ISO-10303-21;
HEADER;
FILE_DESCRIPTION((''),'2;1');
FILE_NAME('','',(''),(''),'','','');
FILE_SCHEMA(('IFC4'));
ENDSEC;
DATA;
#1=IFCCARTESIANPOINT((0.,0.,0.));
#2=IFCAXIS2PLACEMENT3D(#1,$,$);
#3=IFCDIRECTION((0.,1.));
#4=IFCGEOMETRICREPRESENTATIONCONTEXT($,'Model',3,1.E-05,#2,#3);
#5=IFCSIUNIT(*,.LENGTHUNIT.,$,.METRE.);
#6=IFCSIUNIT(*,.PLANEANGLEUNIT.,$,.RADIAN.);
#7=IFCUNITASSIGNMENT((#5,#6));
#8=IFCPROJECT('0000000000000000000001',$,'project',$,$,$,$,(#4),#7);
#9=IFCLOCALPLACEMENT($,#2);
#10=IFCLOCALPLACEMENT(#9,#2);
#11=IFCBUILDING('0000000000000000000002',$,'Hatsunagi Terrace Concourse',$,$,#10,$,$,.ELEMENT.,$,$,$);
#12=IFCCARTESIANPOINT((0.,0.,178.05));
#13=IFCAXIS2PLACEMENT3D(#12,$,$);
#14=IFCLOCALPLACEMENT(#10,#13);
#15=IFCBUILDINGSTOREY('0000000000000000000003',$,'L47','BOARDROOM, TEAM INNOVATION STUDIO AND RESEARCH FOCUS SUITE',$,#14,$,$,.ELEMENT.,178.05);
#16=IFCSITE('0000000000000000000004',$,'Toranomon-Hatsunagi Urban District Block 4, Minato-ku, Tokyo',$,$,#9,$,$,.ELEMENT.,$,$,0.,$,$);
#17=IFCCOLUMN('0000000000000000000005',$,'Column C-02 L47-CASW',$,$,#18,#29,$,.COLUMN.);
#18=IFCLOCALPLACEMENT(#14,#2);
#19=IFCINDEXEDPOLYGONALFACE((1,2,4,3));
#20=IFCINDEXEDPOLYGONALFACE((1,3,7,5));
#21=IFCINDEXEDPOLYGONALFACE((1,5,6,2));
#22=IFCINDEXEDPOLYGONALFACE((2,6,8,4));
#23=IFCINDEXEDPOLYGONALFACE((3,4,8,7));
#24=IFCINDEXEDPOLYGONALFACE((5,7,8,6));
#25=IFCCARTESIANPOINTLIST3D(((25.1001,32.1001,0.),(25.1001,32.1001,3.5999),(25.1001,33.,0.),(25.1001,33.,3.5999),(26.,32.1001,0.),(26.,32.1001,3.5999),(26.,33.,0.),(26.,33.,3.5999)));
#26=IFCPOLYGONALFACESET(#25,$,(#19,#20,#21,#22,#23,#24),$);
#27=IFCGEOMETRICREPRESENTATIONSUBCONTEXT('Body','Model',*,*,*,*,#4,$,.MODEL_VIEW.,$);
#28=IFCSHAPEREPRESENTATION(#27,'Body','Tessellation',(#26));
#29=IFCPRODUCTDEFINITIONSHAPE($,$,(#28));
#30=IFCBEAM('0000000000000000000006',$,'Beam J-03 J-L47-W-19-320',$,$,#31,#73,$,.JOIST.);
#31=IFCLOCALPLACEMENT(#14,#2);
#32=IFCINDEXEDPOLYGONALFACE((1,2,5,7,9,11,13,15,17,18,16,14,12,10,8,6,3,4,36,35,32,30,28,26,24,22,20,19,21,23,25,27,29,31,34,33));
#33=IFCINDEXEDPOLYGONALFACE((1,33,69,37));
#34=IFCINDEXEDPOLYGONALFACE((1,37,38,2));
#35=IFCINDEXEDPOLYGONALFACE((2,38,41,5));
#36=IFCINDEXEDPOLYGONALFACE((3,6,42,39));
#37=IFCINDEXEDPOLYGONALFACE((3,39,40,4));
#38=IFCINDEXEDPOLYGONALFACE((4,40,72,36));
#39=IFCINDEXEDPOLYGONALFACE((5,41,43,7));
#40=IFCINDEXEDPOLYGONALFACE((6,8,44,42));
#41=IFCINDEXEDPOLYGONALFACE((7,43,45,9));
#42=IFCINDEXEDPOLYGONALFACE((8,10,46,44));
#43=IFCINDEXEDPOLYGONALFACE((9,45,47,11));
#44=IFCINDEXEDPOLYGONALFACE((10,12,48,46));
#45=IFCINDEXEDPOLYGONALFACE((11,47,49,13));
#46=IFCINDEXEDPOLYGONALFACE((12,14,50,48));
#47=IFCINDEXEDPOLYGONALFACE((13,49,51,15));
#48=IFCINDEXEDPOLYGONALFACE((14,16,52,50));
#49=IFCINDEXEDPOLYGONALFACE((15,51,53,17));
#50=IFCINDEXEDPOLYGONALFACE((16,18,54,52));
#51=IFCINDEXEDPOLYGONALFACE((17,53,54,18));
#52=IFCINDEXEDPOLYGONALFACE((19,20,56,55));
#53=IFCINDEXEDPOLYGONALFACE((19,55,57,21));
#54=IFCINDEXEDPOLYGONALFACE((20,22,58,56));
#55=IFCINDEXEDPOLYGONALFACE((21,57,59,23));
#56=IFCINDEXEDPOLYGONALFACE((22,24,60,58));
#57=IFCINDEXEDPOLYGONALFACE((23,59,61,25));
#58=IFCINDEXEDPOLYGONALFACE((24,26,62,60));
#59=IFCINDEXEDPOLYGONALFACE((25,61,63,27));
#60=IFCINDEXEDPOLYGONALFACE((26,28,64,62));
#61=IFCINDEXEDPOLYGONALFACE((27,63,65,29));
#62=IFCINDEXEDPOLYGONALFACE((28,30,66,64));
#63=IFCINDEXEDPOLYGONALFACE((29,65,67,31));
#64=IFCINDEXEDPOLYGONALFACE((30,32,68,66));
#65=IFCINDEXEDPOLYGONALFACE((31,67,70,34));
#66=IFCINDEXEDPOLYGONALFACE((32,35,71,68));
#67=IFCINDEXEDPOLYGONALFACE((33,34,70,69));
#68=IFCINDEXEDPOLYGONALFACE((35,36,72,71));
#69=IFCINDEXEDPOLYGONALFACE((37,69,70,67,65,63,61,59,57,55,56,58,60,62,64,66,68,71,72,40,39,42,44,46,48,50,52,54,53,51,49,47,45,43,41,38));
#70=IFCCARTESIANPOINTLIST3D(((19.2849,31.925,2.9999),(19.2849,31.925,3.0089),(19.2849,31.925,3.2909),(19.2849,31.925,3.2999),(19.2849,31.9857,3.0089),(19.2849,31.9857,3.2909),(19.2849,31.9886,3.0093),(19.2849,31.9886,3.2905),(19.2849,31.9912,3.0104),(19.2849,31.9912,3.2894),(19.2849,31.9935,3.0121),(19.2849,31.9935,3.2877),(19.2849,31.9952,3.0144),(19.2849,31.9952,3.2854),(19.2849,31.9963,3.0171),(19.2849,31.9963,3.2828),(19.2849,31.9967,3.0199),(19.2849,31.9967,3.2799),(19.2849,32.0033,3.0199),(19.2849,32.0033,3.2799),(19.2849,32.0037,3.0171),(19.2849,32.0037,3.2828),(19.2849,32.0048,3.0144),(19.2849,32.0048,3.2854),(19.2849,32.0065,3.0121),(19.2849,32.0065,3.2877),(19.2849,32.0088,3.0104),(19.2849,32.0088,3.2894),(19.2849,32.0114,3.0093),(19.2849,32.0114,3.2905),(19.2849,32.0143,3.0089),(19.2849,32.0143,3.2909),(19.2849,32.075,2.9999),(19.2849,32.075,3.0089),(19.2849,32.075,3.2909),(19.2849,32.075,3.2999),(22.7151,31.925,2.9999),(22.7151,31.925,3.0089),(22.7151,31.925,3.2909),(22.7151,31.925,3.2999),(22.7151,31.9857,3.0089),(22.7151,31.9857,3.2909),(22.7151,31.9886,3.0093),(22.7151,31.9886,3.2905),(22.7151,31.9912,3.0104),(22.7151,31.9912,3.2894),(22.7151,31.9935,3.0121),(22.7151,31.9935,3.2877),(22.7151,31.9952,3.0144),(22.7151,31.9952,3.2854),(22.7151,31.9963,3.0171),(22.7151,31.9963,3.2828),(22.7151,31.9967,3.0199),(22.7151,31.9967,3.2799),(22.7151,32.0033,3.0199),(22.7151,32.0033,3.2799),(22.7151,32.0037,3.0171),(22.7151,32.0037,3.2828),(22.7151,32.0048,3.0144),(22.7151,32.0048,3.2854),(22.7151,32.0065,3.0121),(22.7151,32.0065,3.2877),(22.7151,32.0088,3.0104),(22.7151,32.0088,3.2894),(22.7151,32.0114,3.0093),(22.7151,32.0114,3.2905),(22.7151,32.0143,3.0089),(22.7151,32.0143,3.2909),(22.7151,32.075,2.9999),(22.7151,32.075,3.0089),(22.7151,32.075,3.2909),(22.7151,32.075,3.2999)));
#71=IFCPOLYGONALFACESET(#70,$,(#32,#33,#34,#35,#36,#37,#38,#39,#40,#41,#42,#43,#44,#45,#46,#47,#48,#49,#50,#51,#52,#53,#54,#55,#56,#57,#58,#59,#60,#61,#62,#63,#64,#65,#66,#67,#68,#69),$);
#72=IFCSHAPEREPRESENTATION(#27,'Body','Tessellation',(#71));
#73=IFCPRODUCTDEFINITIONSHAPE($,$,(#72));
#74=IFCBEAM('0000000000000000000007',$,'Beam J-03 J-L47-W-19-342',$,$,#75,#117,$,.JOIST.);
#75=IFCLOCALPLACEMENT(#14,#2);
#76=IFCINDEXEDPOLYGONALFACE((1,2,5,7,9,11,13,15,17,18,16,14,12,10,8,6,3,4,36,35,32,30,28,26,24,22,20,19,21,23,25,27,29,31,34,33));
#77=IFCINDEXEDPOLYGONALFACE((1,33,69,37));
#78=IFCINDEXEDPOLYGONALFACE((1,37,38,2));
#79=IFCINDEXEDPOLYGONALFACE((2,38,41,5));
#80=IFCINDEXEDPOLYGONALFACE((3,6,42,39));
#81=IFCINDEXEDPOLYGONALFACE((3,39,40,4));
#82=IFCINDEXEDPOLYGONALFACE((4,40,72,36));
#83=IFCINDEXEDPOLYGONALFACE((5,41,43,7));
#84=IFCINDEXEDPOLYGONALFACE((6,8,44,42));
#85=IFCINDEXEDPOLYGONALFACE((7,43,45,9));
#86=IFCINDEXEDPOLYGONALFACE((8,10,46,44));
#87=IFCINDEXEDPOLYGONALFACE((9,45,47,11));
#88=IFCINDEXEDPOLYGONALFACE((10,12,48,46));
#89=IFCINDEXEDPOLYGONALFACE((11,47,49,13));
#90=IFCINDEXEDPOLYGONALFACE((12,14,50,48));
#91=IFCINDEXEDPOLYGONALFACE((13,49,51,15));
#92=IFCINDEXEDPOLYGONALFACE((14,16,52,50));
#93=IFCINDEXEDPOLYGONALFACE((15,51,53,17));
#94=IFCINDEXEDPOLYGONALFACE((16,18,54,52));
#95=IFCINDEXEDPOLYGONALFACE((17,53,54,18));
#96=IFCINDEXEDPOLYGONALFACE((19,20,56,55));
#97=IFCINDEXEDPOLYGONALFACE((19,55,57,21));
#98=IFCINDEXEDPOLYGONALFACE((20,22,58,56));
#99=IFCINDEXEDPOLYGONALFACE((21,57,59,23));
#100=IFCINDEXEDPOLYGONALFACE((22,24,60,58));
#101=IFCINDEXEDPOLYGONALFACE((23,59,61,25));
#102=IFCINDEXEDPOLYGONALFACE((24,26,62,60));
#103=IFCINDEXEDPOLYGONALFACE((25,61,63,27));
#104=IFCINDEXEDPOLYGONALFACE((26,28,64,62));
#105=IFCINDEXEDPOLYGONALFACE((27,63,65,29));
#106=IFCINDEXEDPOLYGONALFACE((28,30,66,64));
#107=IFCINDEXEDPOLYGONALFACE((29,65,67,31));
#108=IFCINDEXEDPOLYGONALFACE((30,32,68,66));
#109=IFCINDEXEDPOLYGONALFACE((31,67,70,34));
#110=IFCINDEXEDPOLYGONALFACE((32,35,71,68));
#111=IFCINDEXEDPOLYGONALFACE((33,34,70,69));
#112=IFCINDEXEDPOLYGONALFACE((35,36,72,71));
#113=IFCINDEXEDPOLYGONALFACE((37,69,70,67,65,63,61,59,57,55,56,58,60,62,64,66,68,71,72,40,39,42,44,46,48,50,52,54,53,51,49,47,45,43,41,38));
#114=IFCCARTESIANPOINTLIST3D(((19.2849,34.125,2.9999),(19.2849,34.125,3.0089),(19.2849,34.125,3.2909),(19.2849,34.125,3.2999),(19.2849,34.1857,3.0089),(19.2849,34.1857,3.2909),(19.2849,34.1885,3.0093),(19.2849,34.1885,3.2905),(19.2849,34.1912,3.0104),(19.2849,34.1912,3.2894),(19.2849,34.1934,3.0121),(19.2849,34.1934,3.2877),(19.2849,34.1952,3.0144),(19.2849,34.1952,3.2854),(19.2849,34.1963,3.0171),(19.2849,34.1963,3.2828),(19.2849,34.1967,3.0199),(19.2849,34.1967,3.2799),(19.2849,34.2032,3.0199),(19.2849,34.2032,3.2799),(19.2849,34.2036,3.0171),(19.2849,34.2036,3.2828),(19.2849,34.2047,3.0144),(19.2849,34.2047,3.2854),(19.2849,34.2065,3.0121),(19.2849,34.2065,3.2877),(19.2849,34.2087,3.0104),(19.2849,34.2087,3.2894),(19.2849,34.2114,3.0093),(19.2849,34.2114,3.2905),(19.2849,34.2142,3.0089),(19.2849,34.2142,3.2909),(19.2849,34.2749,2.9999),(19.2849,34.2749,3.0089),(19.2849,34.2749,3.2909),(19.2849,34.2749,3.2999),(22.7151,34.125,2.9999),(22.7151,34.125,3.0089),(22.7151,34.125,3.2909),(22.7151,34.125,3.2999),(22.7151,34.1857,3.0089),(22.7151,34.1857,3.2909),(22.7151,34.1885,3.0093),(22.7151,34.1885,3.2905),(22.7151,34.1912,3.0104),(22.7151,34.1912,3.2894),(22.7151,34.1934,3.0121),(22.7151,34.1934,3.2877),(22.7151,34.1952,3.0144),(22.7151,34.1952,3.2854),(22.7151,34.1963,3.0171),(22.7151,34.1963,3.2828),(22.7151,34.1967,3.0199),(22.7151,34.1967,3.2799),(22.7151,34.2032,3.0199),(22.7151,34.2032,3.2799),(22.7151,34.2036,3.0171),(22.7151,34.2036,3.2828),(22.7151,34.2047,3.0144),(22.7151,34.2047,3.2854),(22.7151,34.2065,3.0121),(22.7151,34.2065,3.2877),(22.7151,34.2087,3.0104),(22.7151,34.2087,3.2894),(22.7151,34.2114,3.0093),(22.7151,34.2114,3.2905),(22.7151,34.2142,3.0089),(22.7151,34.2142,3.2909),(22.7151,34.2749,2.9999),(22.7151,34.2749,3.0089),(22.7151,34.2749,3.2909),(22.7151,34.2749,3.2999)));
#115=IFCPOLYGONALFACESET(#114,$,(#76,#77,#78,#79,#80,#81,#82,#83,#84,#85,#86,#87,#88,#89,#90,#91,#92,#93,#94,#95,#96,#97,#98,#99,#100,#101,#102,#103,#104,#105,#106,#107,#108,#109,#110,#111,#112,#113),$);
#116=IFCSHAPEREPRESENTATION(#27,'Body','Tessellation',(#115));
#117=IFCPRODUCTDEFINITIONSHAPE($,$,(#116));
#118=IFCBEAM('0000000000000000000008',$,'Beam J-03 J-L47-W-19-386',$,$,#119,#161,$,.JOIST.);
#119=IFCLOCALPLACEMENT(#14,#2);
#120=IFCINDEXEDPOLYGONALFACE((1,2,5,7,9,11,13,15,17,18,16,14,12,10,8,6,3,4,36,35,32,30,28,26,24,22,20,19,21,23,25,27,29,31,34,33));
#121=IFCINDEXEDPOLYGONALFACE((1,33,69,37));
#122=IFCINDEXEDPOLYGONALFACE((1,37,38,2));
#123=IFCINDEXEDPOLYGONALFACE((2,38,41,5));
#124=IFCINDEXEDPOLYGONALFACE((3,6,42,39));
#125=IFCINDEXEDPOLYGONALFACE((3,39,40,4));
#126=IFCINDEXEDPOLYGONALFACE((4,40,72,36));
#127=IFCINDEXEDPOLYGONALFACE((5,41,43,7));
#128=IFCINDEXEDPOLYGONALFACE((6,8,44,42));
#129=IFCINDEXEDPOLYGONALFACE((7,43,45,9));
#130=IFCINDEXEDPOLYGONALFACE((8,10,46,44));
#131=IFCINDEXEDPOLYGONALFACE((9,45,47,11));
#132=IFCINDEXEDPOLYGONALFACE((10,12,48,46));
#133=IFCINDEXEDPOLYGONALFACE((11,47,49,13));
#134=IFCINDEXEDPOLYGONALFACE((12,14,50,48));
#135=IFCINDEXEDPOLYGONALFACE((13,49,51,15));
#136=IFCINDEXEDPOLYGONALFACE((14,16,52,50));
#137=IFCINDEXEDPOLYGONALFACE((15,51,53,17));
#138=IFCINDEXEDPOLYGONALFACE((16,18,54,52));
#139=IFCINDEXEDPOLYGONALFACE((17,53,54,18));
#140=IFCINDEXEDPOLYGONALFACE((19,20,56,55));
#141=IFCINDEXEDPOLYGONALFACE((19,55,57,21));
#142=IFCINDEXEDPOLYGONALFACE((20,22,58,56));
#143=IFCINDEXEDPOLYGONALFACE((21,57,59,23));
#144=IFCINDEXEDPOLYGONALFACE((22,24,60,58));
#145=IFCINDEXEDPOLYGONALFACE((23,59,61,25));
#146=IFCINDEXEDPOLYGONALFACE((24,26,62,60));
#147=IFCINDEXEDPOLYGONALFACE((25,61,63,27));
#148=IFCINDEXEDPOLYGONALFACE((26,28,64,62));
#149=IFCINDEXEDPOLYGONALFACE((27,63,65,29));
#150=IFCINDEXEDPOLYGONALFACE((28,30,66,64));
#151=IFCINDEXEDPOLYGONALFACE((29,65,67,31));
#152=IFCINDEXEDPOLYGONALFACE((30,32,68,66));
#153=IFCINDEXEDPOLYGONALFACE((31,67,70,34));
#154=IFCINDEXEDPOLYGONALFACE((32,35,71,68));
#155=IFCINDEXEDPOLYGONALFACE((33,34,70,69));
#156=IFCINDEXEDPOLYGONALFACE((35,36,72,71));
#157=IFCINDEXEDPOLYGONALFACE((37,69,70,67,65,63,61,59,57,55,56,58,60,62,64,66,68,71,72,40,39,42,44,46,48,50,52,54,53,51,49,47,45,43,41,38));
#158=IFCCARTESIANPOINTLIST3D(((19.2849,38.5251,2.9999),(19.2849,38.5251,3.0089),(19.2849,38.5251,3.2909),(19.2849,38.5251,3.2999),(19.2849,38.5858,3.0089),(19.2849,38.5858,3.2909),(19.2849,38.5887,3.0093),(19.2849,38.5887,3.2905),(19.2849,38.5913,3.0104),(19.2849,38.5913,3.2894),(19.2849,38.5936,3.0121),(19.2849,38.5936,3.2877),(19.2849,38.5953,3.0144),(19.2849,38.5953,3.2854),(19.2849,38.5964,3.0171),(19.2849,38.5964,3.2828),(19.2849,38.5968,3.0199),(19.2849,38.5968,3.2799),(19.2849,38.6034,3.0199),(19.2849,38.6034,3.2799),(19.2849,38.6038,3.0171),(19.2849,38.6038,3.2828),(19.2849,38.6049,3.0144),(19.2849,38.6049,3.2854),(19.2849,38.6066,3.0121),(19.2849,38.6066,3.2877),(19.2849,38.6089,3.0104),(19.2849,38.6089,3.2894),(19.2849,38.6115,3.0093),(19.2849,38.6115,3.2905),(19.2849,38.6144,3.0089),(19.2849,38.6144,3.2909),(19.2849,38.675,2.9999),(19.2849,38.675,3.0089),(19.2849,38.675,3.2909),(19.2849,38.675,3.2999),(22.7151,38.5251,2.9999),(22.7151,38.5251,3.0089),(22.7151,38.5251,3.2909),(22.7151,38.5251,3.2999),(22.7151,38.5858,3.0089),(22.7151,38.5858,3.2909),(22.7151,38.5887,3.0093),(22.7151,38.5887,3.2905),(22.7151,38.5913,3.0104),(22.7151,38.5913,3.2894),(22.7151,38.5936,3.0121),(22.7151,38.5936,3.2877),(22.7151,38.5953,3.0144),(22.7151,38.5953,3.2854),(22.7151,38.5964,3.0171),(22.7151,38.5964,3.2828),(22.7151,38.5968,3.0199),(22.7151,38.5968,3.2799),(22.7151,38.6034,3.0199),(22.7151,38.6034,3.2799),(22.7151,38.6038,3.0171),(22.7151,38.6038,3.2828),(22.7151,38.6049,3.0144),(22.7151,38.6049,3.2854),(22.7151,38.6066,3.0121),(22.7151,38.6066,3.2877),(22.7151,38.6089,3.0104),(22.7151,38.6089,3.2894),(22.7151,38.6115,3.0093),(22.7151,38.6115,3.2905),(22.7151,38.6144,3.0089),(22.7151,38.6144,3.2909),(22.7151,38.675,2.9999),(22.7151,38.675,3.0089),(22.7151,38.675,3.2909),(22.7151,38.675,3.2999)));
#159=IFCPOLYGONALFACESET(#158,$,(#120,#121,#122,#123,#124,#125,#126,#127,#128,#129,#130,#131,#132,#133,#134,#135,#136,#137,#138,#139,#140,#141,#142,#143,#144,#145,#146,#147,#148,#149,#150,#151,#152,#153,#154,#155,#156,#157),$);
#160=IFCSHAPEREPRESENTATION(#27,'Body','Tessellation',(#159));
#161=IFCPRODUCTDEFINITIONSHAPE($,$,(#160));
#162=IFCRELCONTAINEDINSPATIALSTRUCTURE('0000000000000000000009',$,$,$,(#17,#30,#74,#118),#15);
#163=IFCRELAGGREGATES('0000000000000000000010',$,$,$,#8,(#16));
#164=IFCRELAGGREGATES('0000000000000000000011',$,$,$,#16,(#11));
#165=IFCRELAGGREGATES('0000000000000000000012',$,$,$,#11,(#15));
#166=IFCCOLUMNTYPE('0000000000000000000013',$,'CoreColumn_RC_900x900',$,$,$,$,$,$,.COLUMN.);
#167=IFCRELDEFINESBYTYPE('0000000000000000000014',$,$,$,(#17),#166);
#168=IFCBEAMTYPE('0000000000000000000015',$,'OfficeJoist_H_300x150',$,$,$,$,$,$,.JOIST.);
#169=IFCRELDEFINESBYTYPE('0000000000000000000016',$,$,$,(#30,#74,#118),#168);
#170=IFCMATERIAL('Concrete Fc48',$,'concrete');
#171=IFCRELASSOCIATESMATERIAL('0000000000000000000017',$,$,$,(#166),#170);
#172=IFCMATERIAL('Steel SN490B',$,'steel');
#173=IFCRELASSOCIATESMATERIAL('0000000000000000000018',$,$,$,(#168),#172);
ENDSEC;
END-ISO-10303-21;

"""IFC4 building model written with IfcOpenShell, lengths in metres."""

from ifc_helpers import new_model, si_unit, direction, frame, origin, origin_2d, place, context, subcontext, project, spatial, rectangle, i_section, extrude, material, material_profile, profile_set, type_object, element, save


model = new_model("IFC4")

# Units and contexts
model_context = context("Model", 3, precision=1e-05, world=origin(), true_north=direction((0.0, 1.0)))
body_context = subcontext(model_context, "Body", "Model", "MODEL_VIEW")
ifc_project = project(units=[si_unit("LENGTHUNIT", "METRE"), si_unit("PLANEANGLEUNIT", "RADIAN")], contexts=[model_context])

# Site, building, storey
site_placement = place(None, origin())
site = spatial("IfcSite", under=ifc_project, at=site_placement, Name="Toranomon-Hatsunagi Urban District Block 4, Minato-ku, Tokyo", CompositionType="ELEMENT", RefElevation=0.0)
building_placement = place(site_placement, origin())
building = spatial("IfcBuilding", under=site, at=building_placement, Name="Hatsunagi Terrace Concourse", CompositionType="ELEMENT")
storey_placement = place(building_placement, frame((0.0, 0.0, 178.05)))
storey = spatial("IfcBuildingStorey", under=building, at=storey_placement, Name="L47", Description="BOARDROOM, TEAM INNOVATION STUDIO AND RESEARCH FOCUS SUITE", CompositionType="ELEMENT", Elevation=178.05)

# Column
ifc_material_1 = material(Name="Concrete Fc48", Category="concrete")
ifc_material_profile_1 = material_profile(ifc_material_1, rectangle(XDim=0.8999, YDim=0.8999, at=origin_2d()), Name="RC-900x900")
ifc_profile_set_1 = profile_set([ifc_material_profile_1], Name="Concrete Fc48")
column_type = type_object("IfcColumnType", Name="CoreColumn_RC_900x900", PredefinedType="COLUMN", material=ifc_profile_set_1)
column_placement = place(storey_placement, frame((25.55, 32.55, 0.0), z_axis=(0.0, 0.0, 1.0), x_axis=(1.0, 0.0, 0.0)))
element("IfcColumn", 1, at=column_placement, inside=storey, type_object=column_type, Name="Column C-02 L47-CASW", PredefinedType="COLUMN", context=body_context, shape_type="SweptSolid", body=[
    extrude(rectangle(XDim=0.8999, YDim=0.8999, at=origin_2d()), origin(), (0.0, 0.0, 1.0), 3.5999),
])

# Beams
ifc_material_2 = material(Name="Steel SN490B", Category="steel")
ifc_material_profile_2 = material_profile(ifc_material_2, i_section(OverallWidth=0.1499, OverallDepth=0.3, WebThickness=0.0066, FlangeThickness=0.009, FilletRadius=0.011, at=origin_2d()), Name="H-300x150x6.5x9")
ifc_profile_set_2 = profile_set([ifc_material_profile_2], Name="Steel SN490B")
beam_type_1 = type_object("IfcBeamType", Name="OfficeJoist_H_300x150", PredefinedType="JOIST", material=ifc_profile_set_2)
for number, where, z_axis, x_axis, name in (
    (2, (19.2849, 32.0, 3.1499), (1.0, 0.0, 0.0), (0.0, 1.0, 0.0), "Beam J-03 J-L47-W-19-320"),
    (3, (19.2849, 34.2, 3.1499), (1.0, 0.0, 0.0), (0.0, 1.0, 0.0), "Beam J-03 J-L47-W-19-342"),
    (4, (19.2849, 38.6001, 3.1499), (1.0, 0.0, 0.0), (0.0, 1.0, 0.0), "Beam J-03 J-L47-W-19-386"),
):
    element("IfcBeam", number, at=place(storey_placement, frame(where, z_axis=z_axis, x_axis=x_axis)), inside=storey, type_object=beam_type_1, Name=name, PredefinedType="JOIST", context=body_context, shape_type="SweptSolid", body=[
        extrude(i_section(OverallWidth=0.1499, OverallDepth=0.3, WebThickness=0.0066, FlangeThickness=0.009, FilletRadius=0.011, at=origin_2d()), origin(), (0.0, 0.0, 1.0), 3.4302),
    ])

save(model, "model.ifc")
